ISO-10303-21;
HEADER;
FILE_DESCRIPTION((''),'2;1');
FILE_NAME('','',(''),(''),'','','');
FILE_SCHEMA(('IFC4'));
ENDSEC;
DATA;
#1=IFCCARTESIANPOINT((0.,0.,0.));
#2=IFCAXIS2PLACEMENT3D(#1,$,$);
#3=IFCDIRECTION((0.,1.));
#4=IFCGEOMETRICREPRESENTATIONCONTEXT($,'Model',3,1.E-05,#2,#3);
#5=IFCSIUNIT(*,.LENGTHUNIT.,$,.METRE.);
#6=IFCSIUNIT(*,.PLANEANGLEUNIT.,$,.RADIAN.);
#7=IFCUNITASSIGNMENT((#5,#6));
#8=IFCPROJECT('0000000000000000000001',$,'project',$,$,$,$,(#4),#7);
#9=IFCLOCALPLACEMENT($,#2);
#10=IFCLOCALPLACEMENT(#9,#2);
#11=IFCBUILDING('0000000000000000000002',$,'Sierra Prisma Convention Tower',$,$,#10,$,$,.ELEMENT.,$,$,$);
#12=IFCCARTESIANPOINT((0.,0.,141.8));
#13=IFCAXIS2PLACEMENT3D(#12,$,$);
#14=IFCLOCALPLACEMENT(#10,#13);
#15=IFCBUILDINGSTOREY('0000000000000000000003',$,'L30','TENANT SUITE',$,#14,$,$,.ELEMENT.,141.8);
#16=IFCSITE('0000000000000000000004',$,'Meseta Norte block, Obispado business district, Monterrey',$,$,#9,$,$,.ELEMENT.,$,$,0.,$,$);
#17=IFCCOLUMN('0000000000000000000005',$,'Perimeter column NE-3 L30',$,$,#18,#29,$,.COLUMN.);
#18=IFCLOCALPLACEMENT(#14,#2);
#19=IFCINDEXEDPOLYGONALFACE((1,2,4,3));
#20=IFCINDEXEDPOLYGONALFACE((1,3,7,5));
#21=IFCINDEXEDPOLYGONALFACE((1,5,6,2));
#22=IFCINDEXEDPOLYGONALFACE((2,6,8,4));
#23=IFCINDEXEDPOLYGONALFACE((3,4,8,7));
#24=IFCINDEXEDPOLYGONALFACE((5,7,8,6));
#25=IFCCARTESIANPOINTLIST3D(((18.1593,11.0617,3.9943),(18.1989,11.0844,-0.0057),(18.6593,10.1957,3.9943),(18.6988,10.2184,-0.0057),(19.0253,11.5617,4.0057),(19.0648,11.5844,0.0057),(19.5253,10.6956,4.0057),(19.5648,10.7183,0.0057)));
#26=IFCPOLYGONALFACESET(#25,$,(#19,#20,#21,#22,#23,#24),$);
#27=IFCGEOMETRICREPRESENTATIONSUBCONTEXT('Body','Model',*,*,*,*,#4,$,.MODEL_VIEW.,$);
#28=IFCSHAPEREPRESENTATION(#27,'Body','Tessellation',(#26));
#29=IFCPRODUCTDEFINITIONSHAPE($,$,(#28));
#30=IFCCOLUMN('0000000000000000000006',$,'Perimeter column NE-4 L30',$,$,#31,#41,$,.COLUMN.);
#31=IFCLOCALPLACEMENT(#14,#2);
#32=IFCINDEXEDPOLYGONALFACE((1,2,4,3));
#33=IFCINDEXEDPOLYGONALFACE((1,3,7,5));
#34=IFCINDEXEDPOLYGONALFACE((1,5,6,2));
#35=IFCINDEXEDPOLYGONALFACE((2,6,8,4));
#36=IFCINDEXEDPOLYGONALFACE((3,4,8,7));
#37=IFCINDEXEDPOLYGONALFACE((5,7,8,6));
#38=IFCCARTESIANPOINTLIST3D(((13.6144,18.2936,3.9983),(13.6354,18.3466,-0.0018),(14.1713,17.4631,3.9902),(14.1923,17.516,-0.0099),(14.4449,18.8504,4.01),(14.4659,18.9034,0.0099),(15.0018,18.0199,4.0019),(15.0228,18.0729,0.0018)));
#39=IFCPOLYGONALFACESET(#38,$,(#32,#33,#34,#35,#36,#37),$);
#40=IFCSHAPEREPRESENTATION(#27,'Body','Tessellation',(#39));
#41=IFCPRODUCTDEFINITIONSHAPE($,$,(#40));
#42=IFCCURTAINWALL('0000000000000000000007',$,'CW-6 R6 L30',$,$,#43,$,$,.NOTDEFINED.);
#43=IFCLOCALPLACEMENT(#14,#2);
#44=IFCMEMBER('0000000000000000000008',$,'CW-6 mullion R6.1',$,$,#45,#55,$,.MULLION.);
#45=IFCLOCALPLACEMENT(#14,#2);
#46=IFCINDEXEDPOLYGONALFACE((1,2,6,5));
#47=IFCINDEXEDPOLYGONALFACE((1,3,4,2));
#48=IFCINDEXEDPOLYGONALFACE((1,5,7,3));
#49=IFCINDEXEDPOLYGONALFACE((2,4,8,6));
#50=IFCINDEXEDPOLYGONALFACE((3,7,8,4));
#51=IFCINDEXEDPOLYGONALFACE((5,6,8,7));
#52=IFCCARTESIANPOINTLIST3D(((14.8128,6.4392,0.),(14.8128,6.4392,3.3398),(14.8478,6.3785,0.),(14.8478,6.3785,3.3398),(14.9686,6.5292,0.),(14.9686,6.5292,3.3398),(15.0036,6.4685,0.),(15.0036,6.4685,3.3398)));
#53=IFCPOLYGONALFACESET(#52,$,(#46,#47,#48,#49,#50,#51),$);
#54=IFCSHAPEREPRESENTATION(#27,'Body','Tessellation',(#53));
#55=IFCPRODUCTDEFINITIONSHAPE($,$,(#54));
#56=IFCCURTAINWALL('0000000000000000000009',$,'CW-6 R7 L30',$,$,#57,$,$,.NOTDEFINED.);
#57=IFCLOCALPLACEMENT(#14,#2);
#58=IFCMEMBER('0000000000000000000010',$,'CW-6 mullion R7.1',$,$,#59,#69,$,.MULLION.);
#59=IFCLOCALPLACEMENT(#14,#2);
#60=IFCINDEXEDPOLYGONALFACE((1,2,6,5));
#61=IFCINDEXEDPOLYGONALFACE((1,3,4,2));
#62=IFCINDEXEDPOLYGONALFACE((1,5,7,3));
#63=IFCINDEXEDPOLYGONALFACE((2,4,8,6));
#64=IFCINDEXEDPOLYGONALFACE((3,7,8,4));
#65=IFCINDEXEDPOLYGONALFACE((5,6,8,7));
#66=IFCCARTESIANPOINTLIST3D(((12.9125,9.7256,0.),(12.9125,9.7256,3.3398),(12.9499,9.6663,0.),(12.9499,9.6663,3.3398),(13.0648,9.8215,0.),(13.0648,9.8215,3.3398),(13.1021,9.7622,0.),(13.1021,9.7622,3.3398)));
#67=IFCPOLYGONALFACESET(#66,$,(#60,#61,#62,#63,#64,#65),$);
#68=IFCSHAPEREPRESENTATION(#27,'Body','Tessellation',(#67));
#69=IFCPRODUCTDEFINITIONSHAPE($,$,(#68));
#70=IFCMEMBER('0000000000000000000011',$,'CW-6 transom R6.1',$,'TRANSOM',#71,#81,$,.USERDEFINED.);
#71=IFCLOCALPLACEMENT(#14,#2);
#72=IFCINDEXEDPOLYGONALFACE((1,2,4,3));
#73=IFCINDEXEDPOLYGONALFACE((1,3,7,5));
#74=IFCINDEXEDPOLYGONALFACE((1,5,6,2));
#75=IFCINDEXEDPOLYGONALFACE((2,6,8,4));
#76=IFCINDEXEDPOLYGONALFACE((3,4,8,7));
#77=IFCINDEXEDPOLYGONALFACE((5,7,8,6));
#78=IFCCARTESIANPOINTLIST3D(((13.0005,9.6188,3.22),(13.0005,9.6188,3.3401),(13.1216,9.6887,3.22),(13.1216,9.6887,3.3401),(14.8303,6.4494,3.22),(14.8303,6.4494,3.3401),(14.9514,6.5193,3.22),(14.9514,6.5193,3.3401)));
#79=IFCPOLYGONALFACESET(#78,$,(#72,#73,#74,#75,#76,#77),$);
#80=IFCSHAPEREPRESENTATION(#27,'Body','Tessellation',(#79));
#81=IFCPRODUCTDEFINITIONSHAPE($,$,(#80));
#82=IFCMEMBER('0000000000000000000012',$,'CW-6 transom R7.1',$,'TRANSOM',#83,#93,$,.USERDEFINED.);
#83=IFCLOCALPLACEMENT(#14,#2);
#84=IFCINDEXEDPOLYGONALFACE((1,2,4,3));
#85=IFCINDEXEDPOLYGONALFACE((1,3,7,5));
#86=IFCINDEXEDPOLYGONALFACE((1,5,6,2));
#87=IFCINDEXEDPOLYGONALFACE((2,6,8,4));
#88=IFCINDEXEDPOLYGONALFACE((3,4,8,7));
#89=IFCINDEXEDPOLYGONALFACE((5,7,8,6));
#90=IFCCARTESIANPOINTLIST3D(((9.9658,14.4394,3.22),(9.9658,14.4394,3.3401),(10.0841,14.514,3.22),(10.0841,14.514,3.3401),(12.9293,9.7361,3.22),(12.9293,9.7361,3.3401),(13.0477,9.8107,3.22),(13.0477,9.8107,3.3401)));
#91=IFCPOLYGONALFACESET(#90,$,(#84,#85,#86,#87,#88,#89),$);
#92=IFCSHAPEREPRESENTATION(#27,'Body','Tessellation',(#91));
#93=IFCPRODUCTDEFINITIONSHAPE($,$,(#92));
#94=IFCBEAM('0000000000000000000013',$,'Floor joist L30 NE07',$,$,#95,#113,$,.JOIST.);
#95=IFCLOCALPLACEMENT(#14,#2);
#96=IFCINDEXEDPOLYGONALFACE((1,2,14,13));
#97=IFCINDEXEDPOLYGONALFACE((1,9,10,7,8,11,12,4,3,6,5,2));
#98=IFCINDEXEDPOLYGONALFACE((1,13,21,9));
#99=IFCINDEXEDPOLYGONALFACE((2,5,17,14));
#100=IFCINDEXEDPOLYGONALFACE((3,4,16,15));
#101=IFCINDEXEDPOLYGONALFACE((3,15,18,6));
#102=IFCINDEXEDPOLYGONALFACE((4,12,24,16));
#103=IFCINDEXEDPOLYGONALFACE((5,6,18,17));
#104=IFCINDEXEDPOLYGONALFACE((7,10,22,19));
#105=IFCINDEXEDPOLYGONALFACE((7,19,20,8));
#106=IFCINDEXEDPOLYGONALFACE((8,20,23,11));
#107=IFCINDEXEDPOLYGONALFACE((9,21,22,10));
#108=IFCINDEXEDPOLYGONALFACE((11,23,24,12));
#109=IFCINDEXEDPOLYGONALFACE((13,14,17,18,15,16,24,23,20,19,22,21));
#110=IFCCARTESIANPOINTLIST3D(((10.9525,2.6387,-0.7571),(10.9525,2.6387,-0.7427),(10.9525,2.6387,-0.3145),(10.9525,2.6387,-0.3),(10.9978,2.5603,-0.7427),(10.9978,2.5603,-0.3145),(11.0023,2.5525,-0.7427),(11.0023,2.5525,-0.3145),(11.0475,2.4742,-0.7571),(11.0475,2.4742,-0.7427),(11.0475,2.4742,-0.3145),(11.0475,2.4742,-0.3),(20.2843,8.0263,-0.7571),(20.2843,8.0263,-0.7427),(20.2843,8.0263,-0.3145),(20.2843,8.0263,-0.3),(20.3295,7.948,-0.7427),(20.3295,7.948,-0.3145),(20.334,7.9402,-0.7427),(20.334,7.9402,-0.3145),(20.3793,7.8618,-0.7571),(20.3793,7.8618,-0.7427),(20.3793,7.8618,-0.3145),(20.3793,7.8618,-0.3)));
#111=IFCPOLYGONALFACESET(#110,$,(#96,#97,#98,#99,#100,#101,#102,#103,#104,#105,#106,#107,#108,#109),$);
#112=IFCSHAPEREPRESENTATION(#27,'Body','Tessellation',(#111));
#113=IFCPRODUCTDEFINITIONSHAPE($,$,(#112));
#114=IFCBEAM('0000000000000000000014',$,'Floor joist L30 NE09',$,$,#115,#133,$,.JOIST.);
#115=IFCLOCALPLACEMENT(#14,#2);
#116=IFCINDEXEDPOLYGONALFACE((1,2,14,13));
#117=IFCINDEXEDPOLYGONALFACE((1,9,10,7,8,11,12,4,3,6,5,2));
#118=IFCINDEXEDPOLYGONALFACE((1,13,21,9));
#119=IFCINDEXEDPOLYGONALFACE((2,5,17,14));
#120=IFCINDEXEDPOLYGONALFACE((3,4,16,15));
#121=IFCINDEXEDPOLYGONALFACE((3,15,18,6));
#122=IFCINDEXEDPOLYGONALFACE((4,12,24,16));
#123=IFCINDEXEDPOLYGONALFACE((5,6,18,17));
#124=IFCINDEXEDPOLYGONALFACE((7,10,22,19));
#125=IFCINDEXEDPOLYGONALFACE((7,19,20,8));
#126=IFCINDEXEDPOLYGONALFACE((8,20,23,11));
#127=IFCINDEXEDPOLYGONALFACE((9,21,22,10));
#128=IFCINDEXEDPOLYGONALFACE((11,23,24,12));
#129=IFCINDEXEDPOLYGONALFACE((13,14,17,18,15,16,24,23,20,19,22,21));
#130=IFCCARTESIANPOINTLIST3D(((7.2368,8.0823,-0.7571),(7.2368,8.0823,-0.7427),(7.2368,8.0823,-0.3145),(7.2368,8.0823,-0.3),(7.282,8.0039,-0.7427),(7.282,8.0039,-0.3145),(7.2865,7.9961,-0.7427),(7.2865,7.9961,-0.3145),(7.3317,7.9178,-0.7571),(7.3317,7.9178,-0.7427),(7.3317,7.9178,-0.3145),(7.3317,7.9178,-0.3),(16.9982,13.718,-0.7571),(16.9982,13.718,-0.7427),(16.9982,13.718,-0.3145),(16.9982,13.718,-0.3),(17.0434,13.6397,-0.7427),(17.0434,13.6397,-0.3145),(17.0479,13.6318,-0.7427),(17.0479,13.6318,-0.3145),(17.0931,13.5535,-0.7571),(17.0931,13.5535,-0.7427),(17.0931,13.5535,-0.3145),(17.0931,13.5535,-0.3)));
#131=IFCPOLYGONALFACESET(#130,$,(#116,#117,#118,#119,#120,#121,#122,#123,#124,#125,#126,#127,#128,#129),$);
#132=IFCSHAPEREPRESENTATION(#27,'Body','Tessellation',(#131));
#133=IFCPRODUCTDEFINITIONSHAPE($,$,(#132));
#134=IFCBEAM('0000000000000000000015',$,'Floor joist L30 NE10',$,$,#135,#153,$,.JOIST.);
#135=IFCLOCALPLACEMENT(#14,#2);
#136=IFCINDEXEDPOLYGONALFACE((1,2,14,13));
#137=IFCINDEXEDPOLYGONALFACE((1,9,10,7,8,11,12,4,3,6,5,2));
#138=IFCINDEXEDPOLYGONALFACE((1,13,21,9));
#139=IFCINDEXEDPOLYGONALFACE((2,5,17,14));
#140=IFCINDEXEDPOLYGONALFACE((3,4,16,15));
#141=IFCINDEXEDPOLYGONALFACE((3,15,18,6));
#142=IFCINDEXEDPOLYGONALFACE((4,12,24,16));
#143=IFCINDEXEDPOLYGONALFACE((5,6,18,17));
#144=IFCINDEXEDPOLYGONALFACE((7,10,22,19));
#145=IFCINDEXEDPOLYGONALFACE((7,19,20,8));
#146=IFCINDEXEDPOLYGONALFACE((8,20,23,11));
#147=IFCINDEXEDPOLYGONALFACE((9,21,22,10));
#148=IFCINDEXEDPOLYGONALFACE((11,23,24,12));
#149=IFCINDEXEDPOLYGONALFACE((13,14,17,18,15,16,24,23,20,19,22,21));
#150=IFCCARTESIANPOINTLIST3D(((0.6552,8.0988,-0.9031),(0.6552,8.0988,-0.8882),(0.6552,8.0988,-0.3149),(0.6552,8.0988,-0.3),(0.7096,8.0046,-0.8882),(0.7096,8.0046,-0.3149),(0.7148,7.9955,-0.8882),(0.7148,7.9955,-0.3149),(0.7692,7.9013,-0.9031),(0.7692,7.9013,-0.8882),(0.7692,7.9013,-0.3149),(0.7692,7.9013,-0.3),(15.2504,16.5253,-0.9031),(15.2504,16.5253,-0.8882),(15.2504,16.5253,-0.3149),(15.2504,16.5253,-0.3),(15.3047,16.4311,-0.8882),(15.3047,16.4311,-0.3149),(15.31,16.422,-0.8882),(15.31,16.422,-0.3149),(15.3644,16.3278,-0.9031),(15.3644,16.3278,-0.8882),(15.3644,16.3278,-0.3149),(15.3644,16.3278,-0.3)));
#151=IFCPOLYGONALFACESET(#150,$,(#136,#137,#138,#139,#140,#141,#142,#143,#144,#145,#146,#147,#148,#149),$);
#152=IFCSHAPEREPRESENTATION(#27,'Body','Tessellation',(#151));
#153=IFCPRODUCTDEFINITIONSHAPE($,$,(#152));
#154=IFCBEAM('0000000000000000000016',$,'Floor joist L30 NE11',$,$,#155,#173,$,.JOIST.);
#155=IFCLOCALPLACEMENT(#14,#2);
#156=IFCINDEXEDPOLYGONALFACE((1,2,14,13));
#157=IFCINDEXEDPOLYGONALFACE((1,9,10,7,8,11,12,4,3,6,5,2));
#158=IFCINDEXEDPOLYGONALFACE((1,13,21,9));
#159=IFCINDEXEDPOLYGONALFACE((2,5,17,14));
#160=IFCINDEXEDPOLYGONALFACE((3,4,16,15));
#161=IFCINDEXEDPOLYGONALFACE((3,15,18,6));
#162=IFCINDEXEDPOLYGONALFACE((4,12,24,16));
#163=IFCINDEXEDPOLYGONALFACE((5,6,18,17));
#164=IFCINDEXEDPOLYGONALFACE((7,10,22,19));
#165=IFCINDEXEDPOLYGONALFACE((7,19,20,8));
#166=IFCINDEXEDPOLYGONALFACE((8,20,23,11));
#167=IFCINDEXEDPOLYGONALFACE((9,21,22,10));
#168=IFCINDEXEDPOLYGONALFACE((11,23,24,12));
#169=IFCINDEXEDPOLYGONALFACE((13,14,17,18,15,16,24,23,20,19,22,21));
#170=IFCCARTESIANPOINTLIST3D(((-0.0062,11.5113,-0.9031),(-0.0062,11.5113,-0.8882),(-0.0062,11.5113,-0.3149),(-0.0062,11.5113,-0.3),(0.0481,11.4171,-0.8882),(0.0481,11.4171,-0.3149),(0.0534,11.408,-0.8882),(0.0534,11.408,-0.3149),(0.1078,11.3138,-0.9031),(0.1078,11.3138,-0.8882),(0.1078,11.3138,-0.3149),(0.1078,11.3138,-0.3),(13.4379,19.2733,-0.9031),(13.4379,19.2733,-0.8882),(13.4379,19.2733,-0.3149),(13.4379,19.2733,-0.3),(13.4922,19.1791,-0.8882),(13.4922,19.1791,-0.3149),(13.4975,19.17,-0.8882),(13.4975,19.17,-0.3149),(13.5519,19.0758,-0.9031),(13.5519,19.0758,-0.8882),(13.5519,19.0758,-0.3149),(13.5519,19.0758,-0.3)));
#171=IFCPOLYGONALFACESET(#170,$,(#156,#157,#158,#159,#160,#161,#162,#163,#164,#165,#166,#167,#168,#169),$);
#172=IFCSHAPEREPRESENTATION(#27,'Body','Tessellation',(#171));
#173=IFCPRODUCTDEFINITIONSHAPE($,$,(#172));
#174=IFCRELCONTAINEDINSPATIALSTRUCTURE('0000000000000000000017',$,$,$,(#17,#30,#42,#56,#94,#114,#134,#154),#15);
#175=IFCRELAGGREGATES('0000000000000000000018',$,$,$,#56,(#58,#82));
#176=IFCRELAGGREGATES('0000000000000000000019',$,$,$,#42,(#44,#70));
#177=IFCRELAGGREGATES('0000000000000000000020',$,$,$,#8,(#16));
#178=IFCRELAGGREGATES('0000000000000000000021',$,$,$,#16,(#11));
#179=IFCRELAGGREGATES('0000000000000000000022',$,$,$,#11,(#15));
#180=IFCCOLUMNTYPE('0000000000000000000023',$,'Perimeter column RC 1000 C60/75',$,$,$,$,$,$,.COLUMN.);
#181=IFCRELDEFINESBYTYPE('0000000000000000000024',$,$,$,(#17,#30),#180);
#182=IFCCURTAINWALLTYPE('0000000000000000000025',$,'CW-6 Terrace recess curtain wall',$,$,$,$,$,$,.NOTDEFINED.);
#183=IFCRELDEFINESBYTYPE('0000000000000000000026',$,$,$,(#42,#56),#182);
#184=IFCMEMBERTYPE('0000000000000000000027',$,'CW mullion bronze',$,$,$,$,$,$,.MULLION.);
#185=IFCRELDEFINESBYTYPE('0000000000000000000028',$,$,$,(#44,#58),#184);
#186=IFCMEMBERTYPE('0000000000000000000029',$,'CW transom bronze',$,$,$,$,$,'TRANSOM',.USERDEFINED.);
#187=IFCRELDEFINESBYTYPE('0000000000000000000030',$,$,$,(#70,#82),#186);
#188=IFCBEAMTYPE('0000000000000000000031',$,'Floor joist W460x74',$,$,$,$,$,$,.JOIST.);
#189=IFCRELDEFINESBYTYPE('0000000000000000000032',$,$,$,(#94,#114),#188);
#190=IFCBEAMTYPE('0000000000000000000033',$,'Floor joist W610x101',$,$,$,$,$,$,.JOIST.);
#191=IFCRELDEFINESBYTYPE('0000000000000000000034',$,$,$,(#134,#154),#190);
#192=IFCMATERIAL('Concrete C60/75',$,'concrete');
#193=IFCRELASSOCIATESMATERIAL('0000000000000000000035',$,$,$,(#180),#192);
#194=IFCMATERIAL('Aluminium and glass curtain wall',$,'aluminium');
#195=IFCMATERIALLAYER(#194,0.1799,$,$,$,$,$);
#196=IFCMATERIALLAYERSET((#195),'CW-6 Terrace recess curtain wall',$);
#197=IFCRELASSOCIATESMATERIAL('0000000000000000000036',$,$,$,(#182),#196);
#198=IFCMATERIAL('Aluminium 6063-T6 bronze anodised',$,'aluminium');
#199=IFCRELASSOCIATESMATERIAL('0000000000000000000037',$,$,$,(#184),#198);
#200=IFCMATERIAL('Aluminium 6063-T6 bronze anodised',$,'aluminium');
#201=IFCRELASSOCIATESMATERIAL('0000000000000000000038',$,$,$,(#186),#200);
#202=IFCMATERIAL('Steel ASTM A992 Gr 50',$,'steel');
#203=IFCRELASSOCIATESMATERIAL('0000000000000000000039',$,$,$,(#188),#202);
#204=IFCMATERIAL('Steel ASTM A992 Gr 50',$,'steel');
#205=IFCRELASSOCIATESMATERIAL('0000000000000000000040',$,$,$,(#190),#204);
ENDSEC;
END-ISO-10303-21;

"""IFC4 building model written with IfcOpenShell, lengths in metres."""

from ifc_helpers import new_model, si_unit, direction, frame, origin, origin_2d, place, context, subcontext, project, spatial, rectangle, i_section, extrude, material, layer, layer_set, material_profile, profile_set, type_object, element, aggregate, save


model = new_model("IFC4")

# Units and contexts
model_context = context("Model", 3, precision=1e-05, world=origin(), true_north=direction((0.0, 1.0)))
body_context = subcontext(model_context, "Body", "Model", "MODEL_VIEW")
ifc_project = project(units=[si_unit("LENGTHUNIT", "METRE"), si_unit("PLANEANGLEUNIT", "RADIAN")], contexts=[model_context])

# Site, building, storey
site_placement = place(None, origin())
site = spatial("IfcSite", under=ifc_project, at=site_placement, Name="Meseta Norte block, Obispado business district, Monterrey", CompositionType="ELEMENT", RefElevation=0.0)
building_placement = place(site_placement, origin())
building = spatial("IfcBuilding", under=site, at=building_placement, Name="Sierra Prisma Convention Tower", CompositionType="ELEMENT")
storey_placement = place(building_placement, frame((0.0, 0.0, 141.8)))
storey = spatial("IfcBuildingStorey", under=building, at=storey_placement, Name="L30", Description="TENANT SUITE", CompositionType="ELEMENT", Elevation=141.8)

# Columns
ifc_material_1 = material(Name="Concrete C60/75", Category="concrete")
ifc_material_profile_1 = material_profile(ifc_material_1, rectangle(XDim=1.0, YDim=1.0, at=origin_2d()), Name="Perimeter column RC 1000 C60/75")
ifc_profile_set_1 = profile_set([ifc_material_profile_1], Name="Concrete C60/75")
column_type = type_object("IfcColumnType", Name="Perimeter column RC 1000 C60/75", PredefinedType="COLUMN", material=ifc_profile_set_1)
column_1_placement = place(storey_placement, frame((18.8818, 10.9014, 0.0), z_axis=(-0.009887, -0.005676, 0.999935), x_axis=(-0.499976, 0.86604, -0.000028)))
element("IfcColumn", 1, at=column_1_placement, inside=storey, type_object=column_type, Name="Perimeter column NE-3 L30", PredefinedType="COLUMN", context=body_context, shape_type="SweptSolid", body=[
    extrude(rectangle(XDim=1.0, YDim=1.0, at=origin_2d()), origin(), (0.0, 0.0, 1.0), 4.0002),
])
column_2_placement = place(storey_placement, frame((14.3291, 18.2097, 0.0), z_axis=(-0.005248, -0.013243, 0.999899), x_axis=(-0.556911, 0.830533, 0.008077)))
element("IfcColumn", 2, at=column_2_placement, inside=storey, type_object=column_type, Name="Perimeter column NE-4 L30", PredefinedType="COLUMN", context=body_context, shape_type="SweptSolid", body=[
    extrude(rectangle(XDim=1.0, YDim=1.0, at=origin_2d()), origin(), (0.0, 0.0, 1.0), 4.0005),
])

# Curtain walls, members
ifc_material_2 = material(Name="Aluminium and glass curtain wall", Category="aluminium")
ifc_layer_1 = layer(ifc_material_2, 0.1799)
ifc_layer_set_1 = layer_set([ifc_layer_1], Name="CW-6 Terrace recess curtain wall")
curtain_wall_type = type_object("IfcCurtainWallType", Name="CW-6 Terrace recess curtain wall", PredefinedType="NOTDEFINED", material=ifc_layer_set_1)
curtain_wall_1_placement = place(storey_placement, origin())
curtain_wall_1 = element("IfcCurtainWall", 3, at=curtain_wall_1_placement, inside=storey, type_object=curtain_wall_type, Name="CW-6 R6 L30", PredefinedType="NOTDEFINED")
ifc_material_3 = material(Name="Aluminium 6063-T6 bronze anodised", Category="aluminium")
ifc_material_profile_2 = material_profile(ifc_material_3, rectangle(XDim=0.1799, YDim=0.0701, at=origin_2d()), Name="ALU MULLION 70x180")
ifc_profile_set_2 = profile_set([ifc_material_profile_2], Name="Aluminium 6063-T6 bronze anodised")
member_type_1 = type_object("IfcMemberType", Name="CW mullion bronze", PredefinedType="MULLION", material=ifc_profile_set_2)
member_1_placement = place(storey_placement, frame((14.9082, 6.4539, 0.0), z_axis=(0.0, 0.0, 1.0), x_axis=(-0.866025, -0.5, 0.0)))
member_1 = element("IfcMember", 4, at=member_1_placement, type_object=member_type_1, Name="CW-6 mullion R6.1", PredefinedType="MULLION", context=body_context, shape_type="SweptSolid", body=[
    extrude(rectangle(XDim=0.1799, YDim=0.0701, at=origin_2d()), origin(), (0.0, 0.0, 1.0), 3.3398),
])
curtain_wall_2_placement = place(storey_placement, origin())
curtain_wall_2 = element("IfcCurtainWall", 5, at=curtain_wall_2_placement, inside=storey, type_object=curtain_wall_type, Name="CW-6 R7 L30", PredefinedType="NOTDEFINED")
member_2_placement = place(storey_placement, frame((13.0073, 9.7439, 0.0), z_axis=(0.0, 0.0, 1.0), x_axis=(-0.846034, -0.533129, 0.0)))
member_2 = element("IfcMember", 6, at=member_2_placement, type_object=member_type_1, Name="CW-6 mullion R7.1", PredefinedType="MULLION", context=body_context, shape_type="SweptSolid", body=[
    extrude(rectangle(XDim=0.1799, YDim=0.0701, at=origin_2d()), origin(), (0.0, 0.0, 1.0), 3.3398),
])

# Members
ifc_material_4 = material(Name="Aluminium 6063-T6 bronze anodised", Category="aluminium")
ifc_material_profile_3 = material_profile(ifc_material_4, rectangle(XDim=0.1399, YDim=0.1201, at=origin_2d()), Name="ALU TRANSOM 120x140")
ifc_profile_set_3 = profile_set([ifc_material_profile_3], Name="Aluminium 6063-T6 bronze anodised")
member_type_2 = type_object("IfcMemberType", Name="CW transom bronze", ElementType="TRANSOM", PredefinedType="USERDEFINED", material=ifc_profile_set_3)
member_3_placement = place(storey_placement, frame((14.8909, 6.4844, 3.28), z_axis=(-0.499992, 0.86603, 0.0), x_axis=(-0.86603, -0.499992, 0.0)))
member_3 = element("IfcMember", 7, at=member_3_placement, type_object=member_type_2, Name="CW-6 transom R6.1", ObjectType="TRANSOM", PredefinedType="USERDEFINED", context=body_context, shape_type="SweptSolid", body=[
    extrude(rectangle(XDim=0.1399, YDim=0.1201, at=origin_2d()), origin(), (0.0, 0.0, 1.0), 3.6597),
])
member_4_placement = place(storey_placement, frame((12.9885, 9.7734, 3.28), z_axis=(-0.533102, 0.846051, 0.0), x_axis=(-0.846051, -0.533102, 0.0)))
member_4 = element("IfcMember", 8, at=member_4_placement, type_object=member_type_2, Name="CW-6 transom R7.1", ObjectType="TRANSOM", PredefinedType="USERDEFINED", context=body_context, shape_type="SweptSolid", body=[
    extrude(rectangle(XDim=0.1399, YDim=0.1201, at=origin_2d()), origin(), (0.0, 0.0, 1.0), 5.5591),
])
aggregate(curtain_wall_2, [member_2, member_4])

# Beams
ifc_material_5 = material(Name="Steel ASTM A992 Gr 50", Category="steel")
ifc_material_profile_4 = material_profile(ifc_material_5, i_section(OverallWidth=0.1899, OverallDepth=0.457, WebThickness=0.009, FlangeThickness=0.0144, at=origin_2d()), Name="W460x74")
ifc_profile_set_4 = profile_set([ifc_material_profile_4], Name="Steel ASTM A992 Gr 50")
beam_type_1 = type_object("IfcBeamType", Name="Floor joist W460x74", PredefinedType="JOIST", material=ifc_profile_set_4)
beam_1_placement = place(storey_placement, frame((20.3318, 7.9441, -0.5286), z_axis=(-0.866026, -0.499999, 0.0), x_axis=(0.499999, -0.866026, 0.0)))
element("IfcBeam", 9, at=beam_1_placement, inside=storey, type_object=beam_type_1, Name="Floor joist L30 NE07", PredefinedType="JOIST", context=body_context, shape_type="SweptSolid", body=[
    extrude(i_section(OverallWidth=0.1899, OverallDepth=0.457, WebThickness=0.009, FlangeThickness=0.0144, at=origin_2d()), origin(), (0.0, 0.0, 1.0), 10.7754),
])
beam_2_placement = place(storey_placement, frame((17.0457, 13.6357, -0.5286), z_axis=(-0.866027, -0.499997, 0.0), x_axis=(0.499997, -0.866027, 0.0)))
element("IfcBeam", 10, at=beam_2_placement, inside=storey, type_object=beam_type_1, Name="Floor joist L30 NE09", PredefinedType="JOIST", context=body_context, shape_type="SweptSolid", body=[
    extrude(i_section(OverallWidth=0.1899, OverallDepth=0.457, WebThickness=0.009, FlangeThickness=0.0144, at=origin_2d()), origin(), (0.0, 0.0, 1.0), 11.2715),
])
ifc_material_6 = material(Name="Steel ASTM A992 Gr 50", Category="steel")
ifc_material_profile_5 = material_profile(ifc_material_6, i_section(OverallWidth=0.228, OverallDepth=0.603, WebThickness=0.0105, FlangeThickness=0.0149, at=origin_2d()), Name="W610x101")
ifc_profile_set_5 = profile_set([ifc_material_profile_5], Name="Steel ASTM A992 Gr 50")
beam_type_2 = type_object("IfcBeamType", Name="Floor joist W610x101", PredefinedType="JOIST", material=ifc_profile_set_5)
beam_3_placement = place(storey_placement, frame((15.3074, 16.4265, -0.6016), z_axis=(-0.866026, -0.499998, 0.0), x_axis=(0.499998, -0.866026, 0.0)))
element("IfcBeam", 11, at=beam_3_placement, inside=storey, type_object=beam_type_2, Name="Floor joist L30 NE10", PredefinedType="JOIST", context=body_context, shape_type="SweptSolid", body=[
    extrude(i_section(OverallWidth=0.228, OverallDepth=0.603, WebThickness=0.0105, FlangeThickness=0.0149, at=origin_2d()), origin(), (0.0, 0.0, 1.0), 16.853),
])
beam_4_placement = place(storey_placement, frame((13.4949, 19.1746, -0.6016), z_axis=(-0.866025, -0.500001, 0.0), x_axis=(0.500001, -0.866025, 0.0)))
element("IfcBeam", 12, at=beam_4_placement, inside=storey, type_object=beam_type_2, Name="Floor joist L30 NE11", PredefinedType="JOIST", context=body_context, shape_type="SweptSolid", body=[
    extrude(i_section(OverallWidth=0.228, OverallDepth=0.603, WebThickness=0.0105, FlangeThickness=0.0149, at=origin_2d()), origin(), (0.0, 0.0, 1.0), 15.5239),
])

aggregate(curtain_wall_1, [member_1, member_3])

save(model, "model.ifc")
